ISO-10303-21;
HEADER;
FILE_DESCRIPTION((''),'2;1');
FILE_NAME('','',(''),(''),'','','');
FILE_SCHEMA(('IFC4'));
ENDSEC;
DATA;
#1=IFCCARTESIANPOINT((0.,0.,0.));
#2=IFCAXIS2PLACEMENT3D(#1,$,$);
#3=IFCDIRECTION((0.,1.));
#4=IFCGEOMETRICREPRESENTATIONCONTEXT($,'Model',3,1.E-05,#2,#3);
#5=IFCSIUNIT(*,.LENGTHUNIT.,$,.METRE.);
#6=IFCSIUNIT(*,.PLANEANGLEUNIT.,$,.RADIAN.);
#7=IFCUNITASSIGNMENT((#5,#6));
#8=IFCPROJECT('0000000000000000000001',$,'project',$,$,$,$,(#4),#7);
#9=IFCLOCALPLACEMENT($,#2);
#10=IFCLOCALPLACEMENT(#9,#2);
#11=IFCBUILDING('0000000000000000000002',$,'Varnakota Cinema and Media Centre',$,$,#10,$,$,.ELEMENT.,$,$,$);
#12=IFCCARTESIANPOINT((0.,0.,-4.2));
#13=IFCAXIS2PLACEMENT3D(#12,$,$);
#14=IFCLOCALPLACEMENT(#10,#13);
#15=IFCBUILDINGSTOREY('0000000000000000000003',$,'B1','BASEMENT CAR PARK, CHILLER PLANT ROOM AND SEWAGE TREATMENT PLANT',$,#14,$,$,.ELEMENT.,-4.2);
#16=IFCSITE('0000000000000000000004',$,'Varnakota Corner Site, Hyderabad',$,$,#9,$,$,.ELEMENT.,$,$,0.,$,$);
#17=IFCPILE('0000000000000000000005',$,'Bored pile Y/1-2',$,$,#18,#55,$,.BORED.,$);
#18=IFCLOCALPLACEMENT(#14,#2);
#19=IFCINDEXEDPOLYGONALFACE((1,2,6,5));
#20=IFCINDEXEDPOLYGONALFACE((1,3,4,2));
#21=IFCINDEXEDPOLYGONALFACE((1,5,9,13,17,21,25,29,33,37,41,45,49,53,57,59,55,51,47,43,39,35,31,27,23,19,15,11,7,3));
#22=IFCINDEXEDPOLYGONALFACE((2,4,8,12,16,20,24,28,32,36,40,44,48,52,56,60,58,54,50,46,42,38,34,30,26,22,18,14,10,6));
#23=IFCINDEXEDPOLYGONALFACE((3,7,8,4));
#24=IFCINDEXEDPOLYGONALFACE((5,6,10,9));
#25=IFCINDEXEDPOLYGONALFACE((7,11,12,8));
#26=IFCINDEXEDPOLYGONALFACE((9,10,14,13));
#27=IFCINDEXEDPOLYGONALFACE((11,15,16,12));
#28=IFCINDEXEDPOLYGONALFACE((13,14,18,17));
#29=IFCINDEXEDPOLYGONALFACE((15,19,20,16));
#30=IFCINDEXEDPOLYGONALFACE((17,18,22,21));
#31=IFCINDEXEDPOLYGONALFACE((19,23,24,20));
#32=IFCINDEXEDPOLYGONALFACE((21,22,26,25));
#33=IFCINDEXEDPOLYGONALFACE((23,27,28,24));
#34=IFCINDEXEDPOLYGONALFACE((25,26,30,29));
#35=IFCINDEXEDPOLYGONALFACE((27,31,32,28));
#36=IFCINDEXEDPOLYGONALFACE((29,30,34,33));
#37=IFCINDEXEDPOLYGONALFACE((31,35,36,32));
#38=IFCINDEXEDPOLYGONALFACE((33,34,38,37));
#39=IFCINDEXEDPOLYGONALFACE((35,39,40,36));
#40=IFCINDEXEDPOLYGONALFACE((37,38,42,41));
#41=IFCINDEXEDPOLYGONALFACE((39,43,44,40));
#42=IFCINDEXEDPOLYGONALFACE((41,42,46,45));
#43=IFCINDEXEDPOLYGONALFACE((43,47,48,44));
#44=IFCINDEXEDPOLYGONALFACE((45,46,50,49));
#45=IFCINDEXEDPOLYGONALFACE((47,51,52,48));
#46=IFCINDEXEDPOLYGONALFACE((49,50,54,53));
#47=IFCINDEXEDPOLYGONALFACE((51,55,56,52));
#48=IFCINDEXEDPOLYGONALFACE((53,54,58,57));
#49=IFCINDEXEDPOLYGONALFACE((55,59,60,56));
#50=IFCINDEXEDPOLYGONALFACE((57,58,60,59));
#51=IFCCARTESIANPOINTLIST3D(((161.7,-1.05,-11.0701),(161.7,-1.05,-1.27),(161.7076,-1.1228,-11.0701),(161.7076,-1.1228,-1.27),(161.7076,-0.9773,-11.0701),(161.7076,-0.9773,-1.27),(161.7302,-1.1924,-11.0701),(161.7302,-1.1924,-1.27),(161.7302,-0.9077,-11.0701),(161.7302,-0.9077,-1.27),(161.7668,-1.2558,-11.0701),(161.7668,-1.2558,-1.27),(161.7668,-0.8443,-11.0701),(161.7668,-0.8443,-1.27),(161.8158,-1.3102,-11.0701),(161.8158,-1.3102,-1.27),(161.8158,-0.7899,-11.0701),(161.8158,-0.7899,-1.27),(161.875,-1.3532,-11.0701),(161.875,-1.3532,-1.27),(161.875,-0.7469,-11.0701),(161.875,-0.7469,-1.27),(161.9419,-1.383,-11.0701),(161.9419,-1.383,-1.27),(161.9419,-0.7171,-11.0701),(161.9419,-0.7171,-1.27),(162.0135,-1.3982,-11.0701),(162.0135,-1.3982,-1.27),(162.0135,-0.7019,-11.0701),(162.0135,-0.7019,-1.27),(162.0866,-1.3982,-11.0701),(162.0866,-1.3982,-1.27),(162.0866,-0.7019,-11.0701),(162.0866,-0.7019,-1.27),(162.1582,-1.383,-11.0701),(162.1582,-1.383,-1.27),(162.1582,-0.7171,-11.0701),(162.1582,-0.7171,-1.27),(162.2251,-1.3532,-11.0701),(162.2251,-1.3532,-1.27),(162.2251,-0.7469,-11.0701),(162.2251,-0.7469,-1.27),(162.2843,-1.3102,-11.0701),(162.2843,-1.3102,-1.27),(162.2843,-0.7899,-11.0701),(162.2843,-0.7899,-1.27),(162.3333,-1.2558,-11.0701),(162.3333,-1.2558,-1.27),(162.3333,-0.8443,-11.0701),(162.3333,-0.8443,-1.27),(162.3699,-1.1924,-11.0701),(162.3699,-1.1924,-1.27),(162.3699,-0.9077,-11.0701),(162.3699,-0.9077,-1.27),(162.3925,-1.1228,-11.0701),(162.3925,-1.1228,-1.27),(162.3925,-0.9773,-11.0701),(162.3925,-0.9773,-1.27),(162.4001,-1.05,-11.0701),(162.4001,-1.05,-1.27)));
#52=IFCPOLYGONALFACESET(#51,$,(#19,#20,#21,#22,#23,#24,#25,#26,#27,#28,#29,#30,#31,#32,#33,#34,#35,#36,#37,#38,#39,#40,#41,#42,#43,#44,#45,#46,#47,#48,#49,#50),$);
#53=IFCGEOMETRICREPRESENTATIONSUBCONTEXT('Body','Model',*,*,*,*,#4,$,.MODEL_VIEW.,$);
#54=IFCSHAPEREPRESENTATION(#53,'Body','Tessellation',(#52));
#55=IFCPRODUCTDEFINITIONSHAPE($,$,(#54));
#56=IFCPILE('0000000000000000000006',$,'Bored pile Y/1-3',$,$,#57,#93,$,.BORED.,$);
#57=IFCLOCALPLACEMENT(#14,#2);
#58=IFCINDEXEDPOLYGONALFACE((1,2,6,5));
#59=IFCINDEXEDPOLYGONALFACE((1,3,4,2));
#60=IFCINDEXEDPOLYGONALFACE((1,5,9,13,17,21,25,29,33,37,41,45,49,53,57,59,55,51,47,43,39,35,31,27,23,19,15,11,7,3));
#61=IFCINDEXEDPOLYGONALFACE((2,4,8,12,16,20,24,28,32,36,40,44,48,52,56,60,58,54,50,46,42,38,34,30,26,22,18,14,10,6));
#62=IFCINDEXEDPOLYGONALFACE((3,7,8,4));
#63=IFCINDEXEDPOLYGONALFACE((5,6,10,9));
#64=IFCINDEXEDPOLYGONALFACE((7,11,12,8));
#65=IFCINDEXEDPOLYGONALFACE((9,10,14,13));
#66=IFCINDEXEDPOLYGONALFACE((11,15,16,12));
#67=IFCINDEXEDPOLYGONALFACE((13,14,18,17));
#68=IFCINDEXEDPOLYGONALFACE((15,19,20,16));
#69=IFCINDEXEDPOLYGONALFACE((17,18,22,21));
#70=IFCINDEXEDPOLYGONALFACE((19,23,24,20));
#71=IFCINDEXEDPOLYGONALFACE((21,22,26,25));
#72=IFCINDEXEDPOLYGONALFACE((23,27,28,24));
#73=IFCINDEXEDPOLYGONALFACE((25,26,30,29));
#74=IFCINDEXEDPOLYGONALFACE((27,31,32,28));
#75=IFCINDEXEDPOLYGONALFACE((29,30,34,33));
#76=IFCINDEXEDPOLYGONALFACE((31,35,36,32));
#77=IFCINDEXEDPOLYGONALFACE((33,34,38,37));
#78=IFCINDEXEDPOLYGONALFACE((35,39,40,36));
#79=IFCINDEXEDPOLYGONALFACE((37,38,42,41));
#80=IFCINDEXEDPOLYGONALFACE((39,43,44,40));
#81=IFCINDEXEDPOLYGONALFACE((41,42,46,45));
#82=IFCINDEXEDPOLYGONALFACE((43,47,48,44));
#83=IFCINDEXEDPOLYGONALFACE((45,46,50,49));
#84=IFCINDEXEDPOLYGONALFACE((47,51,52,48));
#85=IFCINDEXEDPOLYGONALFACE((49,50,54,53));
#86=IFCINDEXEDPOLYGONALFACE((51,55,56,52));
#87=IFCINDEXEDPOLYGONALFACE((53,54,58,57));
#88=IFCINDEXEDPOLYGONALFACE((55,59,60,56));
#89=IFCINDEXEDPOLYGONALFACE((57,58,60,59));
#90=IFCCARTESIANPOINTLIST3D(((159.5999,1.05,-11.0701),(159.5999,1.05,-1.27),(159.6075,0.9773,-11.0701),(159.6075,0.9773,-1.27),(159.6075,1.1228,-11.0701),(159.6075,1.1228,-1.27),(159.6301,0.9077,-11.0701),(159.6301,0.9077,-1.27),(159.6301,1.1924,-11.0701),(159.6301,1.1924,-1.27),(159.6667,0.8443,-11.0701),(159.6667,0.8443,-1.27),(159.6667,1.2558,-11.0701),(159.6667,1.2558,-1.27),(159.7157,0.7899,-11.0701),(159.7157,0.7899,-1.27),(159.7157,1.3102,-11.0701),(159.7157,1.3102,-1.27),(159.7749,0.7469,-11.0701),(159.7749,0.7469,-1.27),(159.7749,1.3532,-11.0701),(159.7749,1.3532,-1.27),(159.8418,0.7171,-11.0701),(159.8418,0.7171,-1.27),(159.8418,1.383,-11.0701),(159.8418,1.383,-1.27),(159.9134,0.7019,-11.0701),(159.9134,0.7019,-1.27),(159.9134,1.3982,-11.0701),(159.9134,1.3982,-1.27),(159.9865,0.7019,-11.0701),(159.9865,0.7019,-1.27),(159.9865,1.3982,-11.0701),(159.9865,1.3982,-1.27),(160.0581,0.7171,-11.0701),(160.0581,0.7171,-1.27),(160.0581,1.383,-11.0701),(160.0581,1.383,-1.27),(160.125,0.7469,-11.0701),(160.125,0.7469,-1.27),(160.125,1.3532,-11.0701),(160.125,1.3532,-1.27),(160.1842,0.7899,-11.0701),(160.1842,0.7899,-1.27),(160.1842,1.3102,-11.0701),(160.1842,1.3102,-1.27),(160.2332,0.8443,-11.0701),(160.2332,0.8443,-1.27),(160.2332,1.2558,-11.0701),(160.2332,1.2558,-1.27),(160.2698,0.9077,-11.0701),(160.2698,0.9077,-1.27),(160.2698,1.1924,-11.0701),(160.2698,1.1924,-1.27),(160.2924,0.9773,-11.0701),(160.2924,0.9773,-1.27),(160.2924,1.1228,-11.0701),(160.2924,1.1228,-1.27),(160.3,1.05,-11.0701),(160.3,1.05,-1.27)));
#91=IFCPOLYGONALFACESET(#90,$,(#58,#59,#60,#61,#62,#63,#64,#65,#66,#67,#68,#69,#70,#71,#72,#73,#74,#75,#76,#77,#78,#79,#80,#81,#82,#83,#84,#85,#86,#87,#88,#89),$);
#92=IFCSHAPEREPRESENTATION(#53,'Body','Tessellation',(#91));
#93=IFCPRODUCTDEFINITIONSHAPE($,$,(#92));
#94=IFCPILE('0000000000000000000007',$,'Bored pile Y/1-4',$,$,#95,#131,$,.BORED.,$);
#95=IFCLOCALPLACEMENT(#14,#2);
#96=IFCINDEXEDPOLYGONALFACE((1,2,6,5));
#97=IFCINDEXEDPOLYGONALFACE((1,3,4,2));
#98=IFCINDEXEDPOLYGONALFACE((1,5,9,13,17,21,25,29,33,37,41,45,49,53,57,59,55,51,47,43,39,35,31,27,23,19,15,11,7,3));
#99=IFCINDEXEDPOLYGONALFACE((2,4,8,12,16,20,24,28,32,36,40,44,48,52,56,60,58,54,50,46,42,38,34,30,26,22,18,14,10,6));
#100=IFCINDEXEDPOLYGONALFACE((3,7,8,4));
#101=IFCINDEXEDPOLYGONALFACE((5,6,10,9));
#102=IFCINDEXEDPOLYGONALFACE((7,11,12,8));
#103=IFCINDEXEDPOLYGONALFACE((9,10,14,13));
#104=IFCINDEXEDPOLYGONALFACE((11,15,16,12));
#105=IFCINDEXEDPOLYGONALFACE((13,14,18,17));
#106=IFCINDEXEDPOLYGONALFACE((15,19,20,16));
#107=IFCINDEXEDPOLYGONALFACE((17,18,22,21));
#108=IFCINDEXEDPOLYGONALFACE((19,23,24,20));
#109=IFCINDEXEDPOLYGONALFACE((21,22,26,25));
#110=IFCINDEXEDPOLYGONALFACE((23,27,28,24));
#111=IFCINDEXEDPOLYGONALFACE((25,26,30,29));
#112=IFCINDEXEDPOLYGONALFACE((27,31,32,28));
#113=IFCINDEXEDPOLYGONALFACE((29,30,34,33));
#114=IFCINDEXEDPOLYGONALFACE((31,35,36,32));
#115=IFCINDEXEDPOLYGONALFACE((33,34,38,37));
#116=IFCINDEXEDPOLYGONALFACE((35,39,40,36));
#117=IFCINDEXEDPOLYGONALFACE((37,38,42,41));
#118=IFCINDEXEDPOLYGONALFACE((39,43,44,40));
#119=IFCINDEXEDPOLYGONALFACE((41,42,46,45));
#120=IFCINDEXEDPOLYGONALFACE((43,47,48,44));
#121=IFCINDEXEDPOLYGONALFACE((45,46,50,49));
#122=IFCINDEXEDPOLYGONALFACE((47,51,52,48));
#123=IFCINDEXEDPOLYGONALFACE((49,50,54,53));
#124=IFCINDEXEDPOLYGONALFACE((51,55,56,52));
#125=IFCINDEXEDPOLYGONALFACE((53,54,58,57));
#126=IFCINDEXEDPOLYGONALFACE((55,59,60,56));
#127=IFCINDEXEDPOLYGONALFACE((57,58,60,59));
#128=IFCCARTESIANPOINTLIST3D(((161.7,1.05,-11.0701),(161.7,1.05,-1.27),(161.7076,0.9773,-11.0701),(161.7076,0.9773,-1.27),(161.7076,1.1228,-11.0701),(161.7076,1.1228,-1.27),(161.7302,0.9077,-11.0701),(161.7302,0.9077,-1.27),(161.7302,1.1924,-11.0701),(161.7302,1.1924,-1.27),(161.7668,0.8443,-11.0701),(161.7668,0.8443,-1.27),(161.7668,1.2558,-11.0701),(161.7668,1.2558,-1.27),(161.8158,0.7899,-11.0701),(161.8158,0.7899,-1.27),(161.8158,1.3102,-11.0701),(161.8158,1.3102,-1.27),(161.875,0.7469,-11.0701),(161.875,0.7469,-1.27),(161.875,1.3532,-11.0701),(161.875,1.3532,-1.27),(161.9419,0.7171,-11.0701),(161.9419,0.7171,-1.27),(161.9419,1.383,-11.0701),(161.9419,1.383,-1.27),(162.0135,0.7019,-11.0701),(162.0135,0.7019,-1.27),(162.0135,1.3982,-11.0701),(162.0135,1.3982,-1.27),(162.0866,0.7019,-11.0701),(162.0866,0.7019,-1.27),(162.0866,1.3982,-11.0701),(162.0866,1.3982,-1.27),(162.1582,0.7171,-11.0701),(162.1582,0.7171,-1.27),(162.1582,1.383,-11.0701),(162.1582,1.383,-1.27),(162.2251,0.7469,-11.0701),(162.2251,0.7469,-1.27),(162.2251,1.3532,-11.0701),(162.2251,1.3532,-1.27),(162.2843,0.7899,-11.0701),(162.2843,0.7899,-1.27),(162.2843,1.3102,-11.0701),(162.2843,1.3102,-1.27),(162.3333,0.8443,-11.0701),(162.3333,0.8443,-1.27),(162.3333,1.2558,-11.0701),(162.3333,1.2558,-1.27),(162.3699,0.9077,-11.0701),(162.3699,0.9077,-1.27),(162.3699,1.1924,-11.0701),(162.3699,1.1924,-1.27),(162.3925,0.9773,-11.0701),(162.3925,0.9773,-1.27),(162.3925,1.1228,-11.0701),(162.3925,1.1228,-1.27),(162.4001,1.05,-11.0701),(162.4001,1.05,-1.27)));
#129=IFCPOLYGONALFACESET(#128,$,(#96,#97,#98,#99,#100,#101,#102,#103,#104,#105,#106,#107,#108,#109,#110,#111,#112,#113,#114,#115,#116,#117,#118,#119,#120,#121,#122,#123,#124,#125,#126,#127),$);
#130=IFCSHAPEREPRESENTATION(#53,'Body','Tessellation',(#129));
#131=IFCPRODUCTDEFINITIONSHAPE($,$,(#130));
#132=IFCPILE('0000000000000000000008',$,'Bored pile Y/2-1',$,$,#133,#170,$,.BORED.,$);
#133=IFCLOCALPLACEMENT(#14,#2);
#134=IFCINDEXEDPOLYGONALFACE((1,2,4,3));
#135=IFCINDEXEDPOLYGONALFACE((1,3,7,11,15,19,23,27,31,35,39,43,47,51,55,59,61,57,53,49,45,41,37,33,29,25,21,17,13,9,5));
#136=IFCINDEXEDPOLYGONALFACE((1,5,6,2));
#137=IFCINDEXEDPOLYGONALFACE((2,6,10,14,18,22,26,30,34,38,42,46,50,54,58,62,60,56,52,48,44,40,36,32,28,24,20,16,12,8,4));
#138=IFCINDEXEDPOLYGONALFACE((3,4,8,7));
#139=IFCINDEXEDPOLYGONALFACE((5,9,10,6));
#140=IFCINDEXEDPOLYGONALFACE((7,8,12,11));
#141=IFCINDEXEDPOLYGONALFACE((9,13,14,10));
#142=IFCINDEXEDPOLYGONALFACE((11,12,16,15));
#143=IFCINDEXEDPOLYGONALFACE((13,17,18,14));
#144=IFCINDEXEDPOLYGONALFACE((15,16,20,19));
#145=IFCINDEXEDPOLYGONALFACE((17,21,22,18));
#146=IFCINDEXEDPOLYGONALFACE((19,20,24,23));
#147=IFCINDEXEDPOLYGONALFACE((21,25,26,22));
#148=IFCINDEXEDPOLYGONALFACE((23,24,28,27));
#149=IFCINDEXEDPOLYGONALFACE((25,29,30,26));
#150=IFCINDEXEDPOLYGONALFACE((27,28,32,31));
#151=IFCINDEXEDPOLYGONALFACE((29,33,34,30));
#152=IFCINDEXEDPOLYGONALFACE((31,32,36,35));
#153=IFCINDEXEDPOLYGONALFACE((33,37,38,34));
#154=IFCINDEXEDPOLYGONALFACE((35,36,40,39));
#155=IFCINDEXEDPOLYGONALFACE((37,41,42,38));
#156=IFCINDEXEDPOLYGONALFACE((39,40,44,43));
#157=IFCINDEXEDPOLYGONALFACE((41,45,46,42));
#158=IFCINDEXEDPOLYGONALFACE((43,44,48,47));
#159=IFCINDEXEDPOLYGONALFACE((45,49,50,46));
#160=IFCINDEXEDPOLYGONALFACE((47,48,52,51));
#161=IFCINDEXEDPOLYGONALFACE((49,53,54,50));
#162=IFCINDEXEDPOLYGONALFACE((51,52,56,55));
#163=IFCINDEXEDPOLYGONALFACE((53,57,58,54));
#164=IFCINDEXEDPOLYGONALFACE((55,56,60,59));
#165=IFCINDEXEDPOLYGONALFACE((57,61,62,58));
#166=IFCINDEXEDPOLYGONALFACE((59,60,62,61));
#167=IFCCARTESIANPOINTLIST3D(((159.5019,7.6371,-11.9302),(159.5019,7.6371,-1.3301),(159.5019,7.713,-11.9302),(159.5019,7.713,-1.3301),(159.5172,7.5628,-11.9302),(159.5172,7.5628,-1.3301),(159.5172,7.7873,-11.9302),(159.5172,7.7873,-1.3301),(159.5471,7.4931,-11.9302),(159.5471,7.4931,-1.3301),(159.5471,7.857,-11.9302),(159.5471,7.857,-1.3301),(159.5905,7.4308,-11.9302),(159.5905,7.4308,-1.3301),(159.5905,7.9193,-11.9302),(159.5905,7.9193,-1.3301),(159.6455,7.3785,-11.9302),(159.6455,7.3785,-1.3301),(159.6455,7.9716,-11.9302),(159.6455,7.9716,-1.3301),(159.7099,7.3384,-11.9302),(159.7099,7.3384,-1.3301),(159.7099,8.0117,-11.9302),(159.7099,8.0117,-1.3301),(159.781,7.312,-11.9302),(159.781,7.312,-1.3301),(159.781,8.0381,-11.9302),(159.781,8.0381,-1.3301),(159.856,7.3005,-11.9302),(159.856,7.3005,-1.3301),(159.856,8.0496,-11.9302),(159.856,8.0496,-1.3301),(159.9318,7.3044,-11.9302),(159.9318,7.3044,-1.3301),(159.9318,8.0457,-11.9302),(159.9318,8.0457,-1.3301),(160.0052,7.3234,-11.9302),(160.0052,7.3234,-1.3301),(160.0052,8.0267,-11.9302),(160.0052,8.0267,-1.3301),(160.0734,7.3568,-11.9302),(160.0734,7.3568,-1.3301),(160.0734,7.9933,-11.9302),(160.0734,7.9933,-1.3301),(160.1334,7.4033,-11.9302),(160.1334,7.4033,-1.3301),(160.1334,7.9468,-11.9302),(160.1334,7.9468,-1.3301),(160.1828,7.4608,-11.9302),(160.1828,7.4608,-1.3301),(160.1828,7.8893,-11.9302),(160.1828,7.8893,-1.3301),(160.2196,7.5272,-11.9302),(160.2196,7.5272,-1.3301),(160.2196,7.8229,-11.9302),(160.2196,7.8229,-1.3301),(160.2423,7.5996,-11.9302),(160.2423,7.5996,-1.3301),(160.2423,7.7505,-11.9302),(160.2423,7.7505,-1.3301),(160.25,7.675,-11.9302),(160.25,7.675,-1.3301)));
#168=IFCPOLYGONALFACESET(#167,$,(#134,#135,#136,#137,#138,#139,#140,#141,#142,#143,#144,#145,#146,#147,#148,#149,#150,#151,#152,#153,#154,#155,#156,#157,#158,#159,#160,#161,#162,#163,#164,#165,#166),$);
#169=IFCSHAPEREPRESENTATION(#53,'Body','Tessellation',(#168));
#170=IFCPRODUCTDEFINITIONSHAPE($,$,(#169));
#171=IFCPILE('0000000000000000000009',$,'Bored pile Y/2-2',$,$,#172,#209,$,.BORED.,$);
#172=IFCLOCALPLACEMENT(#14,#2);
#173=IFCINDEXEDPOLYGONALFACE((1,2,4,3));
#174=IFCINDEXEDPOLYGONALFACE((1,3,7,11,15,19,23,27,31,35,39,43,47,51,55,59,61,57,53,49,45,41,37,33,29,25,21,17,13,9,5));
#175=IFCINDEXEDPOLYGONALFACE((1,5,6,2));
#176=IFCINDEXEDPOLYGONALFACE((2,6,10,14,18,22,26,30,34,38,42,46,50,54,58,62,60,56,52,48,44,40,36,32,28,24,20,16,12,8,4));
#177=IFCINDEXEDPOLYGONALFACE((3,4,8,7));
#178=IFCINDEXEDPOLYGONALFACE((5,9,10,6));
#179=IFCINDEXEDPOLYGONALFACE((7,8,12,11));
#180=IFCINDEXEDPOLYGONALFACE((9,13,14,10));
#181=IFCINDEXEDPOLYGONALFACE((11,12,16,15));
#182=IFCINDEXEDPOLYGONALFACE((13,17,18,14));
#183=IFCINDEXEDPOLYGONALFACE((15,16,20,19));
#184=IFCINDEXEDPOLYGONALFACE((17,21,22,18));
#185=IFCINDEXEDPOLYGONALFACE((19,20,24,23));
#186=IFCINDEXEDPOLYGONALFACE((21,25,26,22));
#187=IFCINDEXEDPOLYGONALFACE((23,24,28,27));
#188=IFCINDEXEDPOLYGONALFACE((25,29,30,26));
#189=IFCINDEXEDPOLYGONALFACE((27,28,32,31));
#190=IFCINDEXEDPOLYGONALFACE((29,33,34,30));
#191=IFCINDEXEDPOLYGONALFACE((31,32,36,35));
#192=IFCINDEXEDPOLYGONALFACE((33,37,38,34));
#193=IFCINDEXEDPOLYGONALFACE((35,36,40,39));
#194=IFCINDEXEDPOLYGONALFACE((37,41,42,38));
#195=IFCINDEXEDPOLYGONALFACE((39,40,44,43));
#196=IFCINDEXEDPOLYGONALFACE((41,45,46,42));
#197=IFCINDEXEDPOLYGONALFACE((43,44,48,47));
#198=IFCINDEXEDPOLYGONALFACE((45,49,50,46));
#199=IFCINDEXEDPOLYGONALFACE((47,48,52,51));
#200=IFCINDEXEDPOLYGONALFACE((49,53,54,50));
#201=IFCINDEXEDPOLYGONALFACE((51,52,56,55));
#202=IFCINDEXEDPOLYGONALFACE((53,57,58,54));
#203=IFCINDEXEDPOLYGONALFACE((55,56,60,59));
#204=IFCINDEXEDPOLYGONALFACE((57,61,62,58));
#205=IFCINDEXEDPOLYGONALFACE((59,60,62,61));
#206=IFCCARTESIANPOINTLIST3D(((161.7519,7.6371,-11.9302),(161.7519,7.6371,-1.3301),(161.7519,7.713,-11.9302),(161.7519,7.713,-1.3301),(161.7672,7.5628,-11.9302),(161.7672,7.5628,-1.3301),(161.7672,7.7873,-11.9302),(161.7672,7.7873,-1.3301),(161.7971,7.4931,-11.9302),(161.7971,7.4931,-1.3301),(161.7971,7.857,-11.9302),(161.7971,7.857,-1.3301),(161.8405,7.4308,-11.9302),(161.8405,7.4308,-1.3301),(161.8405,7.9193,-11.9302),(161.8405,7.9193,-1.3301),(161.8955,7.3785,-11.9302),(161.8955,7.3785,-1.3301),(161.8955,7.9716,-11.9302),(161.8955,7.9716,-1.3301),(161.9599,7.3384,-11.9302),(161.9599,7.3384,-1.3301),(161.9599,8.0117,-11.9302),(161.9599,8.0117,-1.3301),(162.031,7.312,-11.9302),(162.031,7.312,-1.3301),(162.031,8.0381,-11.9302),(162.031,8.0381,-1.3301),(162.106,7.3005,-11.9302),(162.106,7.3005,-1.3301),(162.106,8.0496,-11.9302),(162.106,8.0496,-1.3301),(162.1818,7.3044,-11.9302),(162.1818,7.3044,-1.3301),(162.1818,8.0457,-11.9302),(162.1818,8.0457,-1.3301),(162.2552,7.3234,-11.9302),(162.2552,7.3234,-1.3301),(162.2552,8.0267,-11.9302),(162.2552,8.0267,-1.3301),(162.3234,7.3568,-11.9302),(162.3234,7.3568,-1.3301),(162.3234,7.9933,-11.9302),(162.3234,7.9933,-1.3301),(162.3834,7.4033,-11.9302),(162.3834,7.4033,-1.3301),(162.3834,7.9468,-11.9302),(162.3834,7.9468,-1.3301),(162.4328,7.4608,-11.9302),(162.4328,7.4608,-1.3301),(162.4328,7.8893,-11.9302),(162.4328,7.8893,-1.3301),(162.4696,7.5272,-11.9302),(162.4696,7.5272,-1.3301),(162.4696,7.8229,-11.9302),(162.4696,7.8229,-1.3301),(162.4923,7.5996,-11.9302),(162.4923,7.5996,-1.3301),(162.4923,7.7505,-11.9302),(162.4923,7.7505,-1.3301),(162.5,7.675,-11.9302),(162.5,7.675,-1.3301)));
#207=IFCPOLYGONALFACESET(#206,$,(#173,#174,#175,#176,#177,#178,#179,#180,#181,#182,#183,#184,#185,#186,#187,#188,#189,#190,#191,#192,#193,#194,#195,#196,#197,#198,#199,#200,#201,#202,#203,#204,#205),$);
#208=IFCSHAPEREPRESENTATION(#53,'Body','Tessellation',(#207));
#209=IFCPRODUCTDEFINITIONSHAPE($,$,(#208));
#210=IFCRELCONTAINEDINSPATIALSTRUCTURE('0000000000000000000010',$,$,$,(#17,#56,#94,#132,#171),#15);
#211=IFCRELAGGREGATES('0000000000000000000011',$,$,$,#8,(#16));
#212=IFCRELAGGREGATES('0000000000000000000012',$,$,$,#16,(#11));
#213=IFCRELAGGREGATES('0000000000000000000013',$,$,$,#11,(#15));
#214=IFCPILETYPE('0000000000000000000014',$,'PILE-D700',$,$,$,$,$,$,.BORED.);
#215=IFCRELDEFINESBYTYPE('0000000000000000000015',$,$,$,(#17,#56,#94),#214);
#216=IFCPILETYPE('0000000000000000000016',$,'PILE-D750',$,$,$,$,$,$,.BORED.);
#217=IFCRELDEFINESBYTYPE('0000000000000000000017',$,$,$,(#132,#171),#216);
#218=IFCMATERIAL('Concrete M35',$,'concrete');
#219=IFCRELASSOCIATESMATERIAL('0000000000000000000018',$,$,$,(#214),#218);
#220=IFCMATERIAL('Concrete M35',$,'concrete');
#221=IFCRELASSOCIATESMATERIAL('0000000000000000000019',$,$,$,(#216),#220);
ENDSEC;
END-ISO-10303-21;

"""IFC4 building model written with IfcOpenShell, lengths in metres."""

from ifc_helpers import new_model, si_unit, direction, frame, origin, origin_2d, place, context, subcontext, project, spatial, circle, extrude, material, material_profile, profile_set, type_object, element, save


model = new_model("IFC4")

# Units and contexts
model_context = context("Model", 3, precision=1e-05, world=origin(), true_north=direction((0.0, 1.0)))
body_context = subcontext(model_context, "Body", "Model", "MODEL_VIEW")
ifc_project = project(units=[si_unit("LENGTHUNIT", "METRE"), si_unit("PLANEANGLEUNIT", "RADIAN")], contexts=[model_context])

# Site, building, storey
site_placement = place(None, origin())
site = spatial("IfcSite", under=ifc_project, at=site_placement, Name="Varnakota Corner Site, Hyderabad", CompositionType="ELEMENT", RefElevation=0.0)
building_placement = place(site_placement, origin())
building = spatial("IfcBuilding", under=site, at=building_placement, Name="Varnakota Cinema and Media Centre", CompositionType="ELEMENT")
storey_placement = place(building_placement, frame((0.0, 0.0, -4.2)))
storey = spatial("IfcBuildingStorey", under=building, at=storey_placement, Name="B1", Description="BASEMENT CAR PARK, CHILLER PLANT ROOM AND SEWAGE TREATMENT PLANT", CompositionType="ELEMENT", Elevation=-4.2)

# Piles
ifc_material_1 = material(Name="Concrete M35", Category="concrete")
ifc_material_profile_1 = material_profile(ifc_material_1, circle(Radius=0.3501, at=origin_2d()), Name="PILE D700")
ifc_profile_set_1 = profile_set([ifc_material_profile_1], Name="Concrete M35")
pile_type_1 = type_object("IfcPileType", Name="PILE-D700", PredefinedType="BORED", material=ifc_profile_set_1)
for number, where, z_axis, x_axis, name in (
    (1, (162.05, -1.05, -1.27), (0.0, 0.0, -1.0), (1.0, 0.0, 0.0), "Bored pile Y/1-2"),
    (2, (159.95, 1.05, -1.27), (0.0, 0.0, -1.0), (1.0, 0.0, 0.0), "Bored pile Y/1-3"),
    (3, (162.05, 1.05, -1.27), (0.0, 0.0, -1.0), (1.0, 0.0, 0.0), "Bored pile Y/1-4"),
):
    element("IfcPile", number, at=place(storey_placement, frame(where, z_axis=z_axis, x_axis=x_axis)), inside=storey, type_object=pile_type_1, Name=name, PredefinedType="BORED", context=body_context, shape_type="SweptSolid", body=[
        extrude(circle(Radius=0.3501, at=origin_2d()), origin(), (0.0, 0.0, 1.0), 9.8),
    ])
ifc_material_2 = material(Name="Concrete M35", Category="concrete")
ifc_material_profile_2 = material_profile(ifc_material_2, circle(Radius=0.375, at=origin_2d()), Name="PILE D750")
ifc_profile_set_2 = profile_set([ifc_material_profile_2], Name="Concrete M35")
pile_type_2 = type_object("IfcPileType", Name="PILE-D750", PredefinedType="BORED", material=ifc_profile_set_2)
for number, where, z_axis, x_axis, name in (
    (4, (159.875, 7.675, -1.3301), (0.0, 0.0, -1.0), (1.0, 0.0, 0.0), "Bored pile Y/2-1"),
    (5, (162.125, 7.675, -1.3301), (0.0, 0.0, -1.0), (1.0, 0.0, 0.0), "Bored pile Y/2-2"),
):
    element("IfcPile", number, at=place(storey_placement, frame(where, z_axis=z_axis, x_axis=x_axis)), inside=storey, type_object=pile_type_2, Name=name, PredefinedType="BORED", context=body_context, shape_type="SweptSolid", body=[
        extrude(circle(Radius=0.375, at=origin_2d()), origin(), (0.0, 0.0, 1.0), 10.6001),
    ])

save(model, "model.ifc")
